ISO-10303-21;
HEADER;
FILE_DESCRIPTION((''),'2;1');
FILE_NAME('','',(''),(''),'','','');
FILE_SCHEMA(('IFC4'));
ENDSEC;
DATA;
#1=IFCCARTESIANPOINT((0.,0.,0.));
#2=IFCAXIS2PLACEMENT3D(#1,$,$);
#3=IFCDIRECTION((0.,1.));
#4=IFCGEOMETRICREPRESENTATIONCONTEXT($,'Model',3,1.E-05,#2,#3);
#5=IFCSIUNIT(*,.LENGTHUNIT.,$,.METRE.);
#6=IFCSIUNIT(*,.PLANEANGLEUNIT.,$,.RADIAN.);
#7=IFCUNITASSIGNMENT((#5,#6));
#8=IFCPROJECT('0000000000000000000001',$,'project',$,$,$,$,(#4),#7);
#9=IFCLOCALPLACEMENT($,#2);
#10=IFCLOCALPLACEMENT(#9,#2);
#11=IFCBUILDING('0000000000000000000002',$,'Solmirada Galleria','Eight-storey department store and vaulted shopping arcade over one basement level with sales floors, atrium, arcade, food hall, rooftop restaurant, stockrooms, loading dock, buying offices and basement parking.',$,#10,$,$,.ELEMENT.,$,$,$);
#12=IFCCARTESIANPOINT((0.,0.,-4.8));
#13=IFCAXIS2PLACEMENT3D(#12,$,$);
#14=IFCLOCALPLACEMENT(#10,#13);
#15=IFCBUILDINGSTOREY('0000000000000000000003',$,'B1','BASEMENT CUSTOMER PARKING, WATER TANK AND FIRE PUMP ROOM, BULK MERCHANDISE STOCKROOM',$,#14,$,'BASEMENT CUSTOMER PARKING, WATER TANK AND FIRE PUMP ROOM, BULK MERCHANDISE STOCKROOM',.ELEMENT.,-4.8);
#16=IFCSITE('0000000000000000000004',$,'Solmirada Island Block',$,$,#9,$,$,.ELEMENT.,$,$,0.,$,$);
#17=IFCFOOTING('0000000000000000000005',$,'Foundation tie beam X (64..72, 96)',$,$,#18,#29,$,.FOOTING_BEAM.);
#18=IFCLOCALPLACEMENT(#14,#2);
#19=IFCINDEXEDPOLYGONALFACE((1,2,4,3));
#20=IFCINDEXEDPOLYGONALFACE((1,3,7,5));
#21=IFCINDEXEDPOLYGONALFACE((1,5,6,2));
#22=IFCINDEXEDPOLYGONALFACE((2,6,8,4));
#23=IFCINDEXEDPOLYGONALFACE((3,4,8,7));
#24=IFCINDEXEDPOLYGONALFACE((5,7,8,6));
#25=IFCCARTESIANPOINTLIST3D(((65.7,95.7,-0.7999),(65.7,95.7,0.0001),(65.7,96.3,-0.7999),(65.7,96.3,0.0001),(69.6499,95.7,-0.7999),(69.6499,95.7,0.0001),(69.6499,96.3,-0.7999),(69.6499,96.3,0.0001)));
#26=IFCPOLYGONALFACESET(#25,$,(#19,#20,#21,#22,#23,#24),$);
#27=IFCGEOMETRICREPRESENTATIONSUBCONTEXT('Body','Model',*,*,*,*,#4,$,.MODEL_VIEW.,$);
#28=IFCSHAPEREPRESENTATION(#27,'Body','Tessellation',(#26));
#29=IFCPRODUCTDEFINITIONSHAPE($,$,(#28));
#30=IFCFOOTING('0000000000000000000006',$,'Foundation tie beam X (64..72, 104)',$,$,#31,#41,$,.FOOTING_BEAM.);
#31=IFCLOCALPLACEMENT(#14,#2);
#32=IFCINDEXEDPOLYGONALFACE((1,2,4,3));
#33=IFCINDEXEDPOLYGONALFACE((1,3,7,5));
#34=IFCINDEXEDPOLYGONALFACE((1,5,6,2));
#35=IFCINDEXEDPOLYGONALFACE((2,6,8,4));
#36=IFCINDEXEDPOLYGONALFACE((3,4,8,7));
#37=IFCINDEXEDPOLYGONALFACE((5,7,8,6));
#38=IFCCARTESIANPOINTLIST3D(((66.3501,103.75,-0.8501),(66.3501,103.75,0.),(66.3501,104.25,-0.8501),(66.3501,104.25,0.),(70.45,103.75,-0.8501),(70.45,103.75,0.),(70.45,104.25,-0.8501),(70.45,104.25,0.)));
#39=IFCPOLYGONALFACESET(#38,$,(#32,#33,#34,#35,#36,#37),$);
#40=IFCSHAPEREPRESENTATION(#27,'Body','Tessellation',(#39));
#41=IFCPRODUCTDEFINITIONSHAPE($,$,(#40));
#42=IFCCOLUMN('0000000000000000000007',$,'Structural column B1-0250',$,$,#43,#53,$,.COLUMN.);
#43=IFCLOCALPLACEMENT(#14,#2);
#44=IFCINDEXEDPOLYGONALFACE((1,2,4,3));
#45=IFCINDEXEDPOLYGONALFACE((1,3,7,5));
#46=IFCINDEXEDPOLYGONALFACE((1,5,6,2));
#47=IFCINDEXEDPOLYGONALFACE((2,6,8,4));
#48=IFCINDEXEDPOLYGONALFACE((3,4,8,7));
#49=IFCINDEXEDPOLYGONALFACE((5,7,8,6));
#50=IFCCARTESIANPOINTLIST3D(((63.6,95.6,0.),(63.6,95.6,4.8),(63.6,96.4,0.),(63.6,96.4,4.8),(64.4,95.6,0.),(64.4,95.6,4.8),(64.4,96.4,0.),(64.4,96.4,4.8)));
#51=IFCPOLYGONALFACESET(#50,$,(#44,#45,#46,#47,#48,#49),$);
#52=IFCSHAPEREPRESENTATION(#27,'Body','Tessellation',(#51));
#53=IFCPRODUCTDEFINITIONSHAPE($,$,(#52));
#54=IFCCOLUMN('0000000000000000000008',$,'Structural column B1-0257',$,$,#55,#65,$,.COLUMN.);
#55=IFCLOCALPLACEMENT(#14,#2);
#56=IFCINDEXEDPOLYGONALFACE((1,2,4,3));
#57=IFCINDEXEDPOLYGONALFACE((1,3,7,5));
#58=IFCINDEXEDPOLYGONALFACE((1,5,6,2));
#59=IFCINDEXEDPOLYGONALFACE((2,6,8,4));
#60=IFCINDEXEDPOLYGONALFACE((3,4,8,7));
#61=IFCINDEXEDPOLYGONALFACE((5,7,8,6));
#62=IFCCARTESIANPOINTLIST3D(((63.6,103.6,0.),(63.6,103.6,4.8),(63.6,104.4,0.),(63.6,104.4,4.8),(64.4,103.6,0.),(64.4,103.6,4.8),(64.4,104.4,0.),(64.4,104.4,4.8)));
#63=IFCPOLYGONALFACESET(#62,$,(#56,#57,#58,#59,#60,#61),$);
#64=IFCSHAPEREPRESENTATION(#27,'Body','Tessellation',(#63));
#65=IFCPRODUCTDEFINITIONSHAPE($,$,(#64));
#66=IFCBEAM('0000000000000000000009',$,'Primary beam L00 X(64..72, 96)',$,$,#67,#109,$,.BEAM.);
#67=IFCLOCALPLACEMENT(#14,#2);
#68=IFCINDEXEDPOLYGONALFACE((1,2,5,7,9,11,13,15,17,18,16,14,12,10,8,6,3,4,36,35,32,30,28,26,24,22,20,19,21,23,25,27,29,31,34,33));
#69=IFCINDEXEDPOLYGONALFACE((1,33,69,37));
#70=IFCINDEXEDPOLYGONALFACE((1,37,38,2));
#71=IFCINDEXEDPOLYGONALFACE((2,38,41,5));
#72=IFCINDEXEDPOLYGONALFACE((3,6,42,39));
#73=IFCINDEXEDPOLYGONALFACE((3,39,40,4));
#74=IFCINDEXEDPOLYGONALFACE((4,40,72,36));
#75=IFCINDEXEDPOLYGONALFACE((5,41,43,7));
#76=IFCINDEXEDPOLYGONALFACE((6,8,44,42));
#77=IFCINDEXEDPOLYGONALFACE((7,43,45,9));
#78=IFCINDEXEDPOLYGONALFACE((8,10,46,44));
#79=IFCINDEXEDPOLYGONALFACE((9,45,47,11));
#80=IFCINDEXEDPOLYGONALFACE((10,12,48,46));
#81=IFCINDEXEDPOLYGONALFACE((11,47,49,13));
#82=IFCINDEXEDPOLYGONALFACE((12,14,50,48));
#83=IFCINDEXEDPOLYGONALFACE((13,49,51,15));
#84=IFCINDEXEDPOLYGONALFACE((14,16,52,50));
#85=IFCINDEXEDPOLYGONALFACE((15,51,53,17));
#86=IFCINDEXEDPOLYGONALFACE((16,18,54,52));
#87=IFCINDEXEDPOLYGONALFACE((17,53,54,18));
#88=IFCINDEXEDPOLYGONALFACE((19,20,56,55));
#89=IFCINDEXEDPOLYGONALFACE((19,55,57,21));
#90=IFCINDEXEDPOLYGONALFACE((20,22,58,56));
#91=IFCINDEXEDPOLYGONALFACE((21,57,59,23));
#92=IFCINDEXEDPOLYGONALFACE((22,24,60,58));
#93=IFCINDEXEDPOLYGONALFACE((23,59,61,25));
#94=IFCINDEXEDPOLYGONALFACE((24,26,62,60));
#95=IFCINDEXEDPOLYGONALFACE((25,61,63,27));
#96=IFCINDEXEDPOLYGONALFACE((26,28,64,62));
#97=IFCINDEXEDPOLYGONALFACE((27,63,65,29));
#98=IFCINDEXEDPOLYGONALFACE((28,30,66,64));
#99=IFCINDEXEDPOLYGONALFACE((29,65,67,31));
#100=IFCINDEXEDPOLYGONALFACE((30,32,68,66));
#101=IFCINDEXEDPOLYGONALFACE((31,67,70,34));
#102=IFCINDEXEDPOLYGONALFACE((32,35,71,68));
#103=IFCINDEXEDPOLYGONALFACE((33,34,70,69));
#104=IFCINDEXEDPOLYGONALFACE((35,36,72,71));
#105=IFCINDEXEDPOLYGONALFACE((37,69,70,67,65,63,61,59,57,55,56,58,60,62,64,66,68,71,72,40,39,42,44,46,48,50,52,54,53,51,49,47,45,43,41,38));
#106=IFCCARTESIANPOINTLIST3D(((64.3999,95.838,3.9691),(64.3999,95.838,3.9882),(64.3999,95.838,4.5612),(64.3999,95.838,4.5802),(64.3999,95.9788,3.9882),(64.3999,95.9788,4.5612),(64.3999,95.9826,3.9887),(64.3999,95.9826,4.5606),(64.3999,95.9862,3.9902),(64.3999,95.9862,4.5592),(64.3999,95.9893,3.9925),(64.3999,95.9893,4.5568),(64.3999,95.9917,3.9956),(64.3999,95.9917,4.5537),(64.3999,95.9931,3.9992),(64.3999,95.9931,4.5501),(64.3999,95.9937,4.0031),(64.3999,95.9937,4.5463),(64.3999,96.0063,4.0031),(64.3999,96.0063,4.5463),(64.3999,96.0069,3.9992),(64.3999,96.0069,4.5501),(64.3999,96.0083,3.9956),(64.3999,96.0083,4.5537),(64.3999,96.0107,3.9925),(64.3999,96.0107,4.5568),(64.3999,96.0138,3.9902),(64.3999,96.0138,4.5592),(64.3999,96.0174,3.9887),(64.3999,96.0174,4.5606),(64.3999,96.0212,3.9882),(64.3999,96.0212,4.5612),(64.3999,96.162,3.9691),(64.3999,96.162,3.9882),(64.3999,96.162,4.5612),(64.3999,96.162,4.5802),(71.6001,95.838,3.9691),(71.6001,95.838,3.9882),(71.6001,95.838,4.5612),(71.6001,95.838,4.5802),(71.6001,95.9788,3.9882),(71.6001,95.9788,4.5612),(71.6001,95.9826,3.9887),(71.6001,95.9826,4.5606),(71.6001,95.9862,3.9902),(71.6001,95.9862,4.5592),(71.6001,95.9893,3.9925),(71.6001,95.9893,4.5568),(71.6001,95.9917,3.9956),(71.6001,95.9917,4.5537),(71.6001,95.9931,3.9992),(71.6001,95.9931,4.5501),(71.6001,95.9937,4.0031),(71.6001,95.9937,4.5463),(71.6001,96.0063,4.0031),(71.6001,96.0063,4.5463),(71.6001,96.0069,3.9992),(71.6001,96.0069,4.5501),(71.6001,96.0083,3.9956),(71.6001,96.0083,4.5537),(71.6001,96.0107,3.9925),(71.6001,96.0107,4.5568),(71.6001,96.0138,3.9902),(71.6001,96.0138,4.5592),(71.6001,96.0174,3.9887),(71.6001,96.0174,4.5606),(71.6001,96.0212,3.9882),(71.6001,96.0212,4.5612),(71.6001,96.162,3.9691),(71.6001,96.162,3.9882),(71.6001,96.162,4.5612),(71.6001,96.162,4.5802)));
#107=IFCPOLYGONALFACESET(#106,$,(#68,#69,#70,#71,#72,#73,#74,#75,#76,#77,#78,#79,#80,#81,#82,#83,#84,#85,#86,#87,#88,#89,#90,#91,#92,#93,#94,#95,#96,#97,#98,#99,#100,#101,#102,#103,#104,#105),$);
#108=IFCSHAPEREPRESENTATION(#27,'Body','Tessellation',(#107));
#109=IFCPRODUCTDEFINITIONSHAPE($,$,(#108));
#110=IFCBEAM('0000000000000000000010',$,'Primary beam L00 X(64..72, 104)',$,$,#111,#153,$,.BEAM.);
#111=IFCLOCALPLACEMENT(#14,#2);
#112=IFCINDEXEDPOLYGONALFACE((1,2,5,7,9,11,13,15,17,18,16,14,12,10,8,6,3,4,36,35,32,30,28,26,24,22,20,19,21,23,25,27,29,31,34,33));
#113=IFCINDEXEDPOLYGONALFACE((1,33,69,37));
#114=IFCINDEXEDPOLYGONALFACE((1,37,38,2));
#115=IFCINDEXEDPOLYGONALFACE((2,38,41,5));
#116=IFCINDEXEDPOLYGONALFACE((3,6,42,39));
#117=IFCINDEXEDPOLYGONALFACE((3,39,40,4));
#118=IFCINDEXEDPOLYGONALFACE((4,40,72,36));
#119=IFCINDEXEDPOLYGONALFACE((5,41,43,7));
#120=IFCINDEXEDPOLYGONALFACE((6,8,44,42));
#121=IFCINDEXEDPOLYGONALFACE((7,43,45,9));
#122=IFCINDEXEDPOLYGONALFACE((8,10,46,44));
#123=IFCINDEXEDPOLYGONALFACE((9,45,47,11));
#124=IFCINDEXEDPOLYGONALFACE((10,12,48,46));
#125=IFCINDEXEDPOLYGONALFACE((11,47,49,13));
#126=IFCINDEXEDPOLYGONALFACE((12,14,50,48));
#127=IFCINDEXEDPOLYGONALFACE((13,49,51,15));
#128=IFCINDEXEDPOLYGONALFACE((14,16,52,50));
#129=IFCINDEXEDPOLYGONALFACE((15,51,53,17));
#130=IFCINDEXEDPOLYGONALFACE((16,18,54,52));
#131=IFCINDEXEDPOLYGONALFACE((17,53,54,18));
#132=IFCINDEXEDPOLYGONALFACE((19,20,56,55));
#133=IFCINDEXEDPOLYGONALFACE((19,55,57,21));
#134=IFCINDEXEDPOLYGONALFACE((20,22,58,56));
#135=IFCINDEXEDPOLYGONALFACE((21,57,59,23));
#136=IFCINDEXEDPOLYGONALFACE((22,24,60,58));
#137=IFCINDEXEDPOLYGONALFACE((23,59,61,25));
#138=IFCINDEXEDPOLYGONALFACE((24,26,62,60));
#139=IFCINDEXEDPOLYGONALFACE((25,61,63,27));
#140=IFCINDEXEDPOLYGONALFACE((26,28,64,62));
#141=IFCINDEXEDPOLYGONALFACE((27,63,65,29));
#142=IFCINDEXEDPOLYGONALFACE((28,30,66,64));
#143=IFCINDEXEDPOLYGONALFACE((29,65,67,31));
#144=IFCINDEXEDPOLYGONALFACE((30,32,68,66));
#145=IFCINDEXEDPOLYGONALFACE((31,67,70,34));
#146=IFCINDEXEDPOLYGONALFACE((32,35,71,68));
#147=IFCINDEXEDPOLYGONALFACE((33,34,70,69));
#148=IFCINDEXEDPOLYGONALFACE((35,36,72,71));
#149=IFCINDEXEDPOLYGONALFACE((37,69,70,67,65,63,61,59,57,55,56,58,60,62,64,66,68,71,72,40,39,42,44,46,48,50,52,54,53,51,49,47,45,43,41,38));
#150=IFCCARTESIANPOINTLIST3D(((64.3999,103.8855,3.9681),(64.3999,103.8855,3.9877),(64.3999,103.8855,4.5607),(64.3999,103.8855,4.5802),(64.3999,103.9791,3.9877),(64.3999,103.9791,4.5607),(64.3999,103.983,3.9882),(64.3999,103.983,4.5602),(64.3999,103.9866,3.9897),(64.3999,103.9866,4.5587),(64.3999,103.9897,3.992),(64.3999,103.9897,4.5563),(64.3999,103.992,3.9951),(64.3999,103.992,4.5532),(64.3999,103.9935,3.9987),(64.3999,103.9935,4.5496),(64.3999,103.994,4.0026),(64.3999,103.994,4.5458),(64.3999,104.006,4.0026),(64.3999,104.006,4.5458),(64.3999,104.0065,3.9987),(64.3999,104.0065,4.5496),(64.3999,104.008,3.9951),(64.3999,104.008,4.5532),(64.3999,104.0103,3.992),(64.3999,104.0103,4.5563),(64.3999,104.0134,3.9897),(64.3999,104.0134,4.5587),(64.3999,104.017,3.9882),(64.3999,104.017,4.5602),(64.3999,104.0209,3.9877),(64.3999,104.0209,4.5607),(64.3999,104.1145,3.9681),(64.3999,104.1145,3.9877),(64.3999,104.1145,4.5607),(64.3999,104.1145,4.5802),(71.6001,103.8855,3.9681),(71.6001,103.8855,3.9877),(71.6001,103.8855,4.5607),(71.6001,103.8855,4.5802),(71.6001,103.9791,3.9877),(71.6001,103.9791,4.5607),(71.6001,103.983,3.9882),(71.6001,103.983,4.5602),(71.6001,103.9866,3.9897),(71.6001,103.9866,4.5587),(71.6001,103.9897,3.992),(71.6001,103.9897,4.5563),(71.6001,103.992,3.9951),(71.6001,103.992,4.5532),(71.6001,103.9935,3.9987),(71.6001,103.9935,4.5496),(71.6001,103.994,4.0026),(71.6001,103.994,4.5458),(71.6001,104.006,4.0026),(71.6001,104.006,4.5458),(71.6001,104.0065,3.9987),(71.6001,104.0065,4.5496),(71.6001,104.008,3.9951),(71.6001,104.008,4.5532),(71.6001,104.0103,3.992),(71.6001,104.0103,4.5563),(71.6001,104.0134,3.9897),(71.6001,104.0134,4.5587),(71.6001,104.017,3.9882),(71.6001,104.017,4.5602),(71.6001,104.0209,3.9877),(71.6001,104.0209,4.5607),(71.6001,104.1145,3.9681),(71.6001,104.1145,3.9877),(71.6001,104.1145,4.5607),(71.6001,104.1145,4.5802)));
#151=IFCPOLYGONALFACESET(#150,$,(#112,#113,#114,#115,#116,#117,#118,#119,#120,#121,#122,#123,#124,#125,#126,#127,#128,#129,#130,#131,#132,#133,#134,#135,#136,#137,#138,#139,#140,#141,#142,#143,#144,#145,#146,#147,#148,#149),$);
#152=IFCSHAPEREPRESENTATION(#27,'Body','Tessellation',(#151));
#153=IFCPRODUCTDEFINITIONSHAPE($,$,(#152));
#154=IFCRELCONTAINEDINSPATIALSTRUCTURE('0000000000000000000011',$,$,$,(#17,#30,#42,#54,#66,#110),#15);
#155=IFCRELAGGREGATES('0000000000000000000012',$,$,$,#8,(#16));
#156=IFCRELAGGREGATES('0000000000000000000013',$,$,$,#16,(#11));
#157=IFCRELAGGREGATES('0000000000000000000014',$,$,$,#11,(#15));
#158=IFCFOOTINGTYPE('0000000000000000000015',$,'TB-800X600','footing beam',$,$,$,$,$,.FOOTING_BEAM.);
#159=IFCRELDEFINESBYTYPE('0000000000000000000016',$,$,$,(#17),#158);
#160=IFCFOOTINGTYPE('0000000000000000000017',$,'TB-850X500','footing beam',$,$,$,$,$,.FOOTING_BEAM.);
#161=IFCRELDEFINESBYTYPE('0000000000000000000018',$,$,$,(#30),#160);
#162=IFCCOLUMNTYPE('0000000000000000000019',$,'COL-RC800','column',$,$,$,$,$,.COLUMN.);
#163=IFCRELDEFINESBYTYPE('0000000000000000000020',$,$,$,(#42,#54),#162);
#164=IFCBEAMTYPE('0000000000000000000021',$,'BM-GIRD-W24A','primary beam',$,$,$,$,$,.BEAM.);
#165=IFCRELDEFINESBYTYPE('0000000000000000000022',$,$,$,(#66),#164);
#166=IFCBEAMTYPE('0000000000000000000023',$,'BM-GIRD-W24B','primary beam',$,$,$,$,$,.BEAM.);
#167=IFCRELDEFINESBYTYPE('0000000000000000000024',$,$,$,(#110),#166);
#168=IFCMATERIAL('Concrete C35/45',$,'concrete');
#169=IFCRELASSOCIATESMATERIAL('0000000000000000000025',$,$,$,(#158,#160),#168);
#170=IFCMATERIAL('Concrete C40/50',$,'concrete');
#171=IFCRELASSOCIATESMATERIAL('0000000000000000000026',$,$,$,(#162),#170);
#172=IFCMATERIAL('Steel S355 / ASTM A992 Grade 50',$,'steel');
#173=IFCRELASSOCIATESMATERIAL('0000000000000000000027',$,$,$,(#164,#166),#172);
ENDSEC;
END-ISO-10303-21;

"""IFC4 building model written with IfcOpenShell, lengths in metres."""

from ifc_helpers import new_model, si_unit, direction, frame, origin, origin_2d, place, context, subcontext, project, spatial, rectangle, i_section, extrude, material, material_profile, profile_set, type_object, element, save


model = new_model("IFC4")

# Units and contexts
model_context = context("Model", 3, precision=1e-05, world=origin(), true_north=direction((0.0, 1.0)))
body_context = subcontext(model_context, "Body", "Model", "MODEL_VIEW")
ifc_project = project(units=[si_unit("LENGTHUNIT", "METRE"), si_unit("PLANEANGLEUNIT", "RADIAN")], contexts=[model_context])

# Site, building, storey
site_placement = place(None, origin())
site = spatial("IfcSite", under=ifc_project, at=site_placement, Name="Solmirada Island Block", CompositionType="ELEMENT", RefElevation=0.0)
building_placement = place(site_placement, origin())
building = spatial("IfcBuilding", under=site, at=building_placement, Name="Solmirada Galleria", Description="Eight-storey department store and vaulted shopping arcade over one basement level with sales floors, atrium, arcade, food hall, rooftop restaurant, stockrooms, loading dock, buying offices and basement parking.", CompositionType="ELEMENT")
storey_placement = place(building_placement, frame((0.0, 0.0, -4.8)))
storey = spatial("IfcBuildingStorey", under=building, at=storey_placement, Name="B1", Description="BASEMENT CUSTOMER PARKING, WATER TANK AND FIRE PUMP ROOM, BULK MERCHANDISE STOCKROOM", LongName="BASEMENT CUSTOMER PARKING, WATER TANK AND FIRE PUMP ROOM, BULK MERCHANDISE STOCKROOM", CompositionType="ELEMENT", Elevation=-4.8)

# Shared definitions
ifc_material_1 = material(Name="Concrete C35/45", Category="concrete")

# Shared definitions
ifc_material_2 = material(Name="Concrete C40/50", Category="concrete")

# Footings
ifc_material_profile_1 = material_profile(ifc_material_1, rectangle(XDim=0.6001, YDim=0.8, at=origin_2d()), Name="RC800X600")
ifc_profile_set_1 = profile_set([ifc_material_profile_1], Name="Concrete C35/45")
footing_type_1 = type_object("IfcFootingType", Name="TB-800X600", Description="footing beam", PredefinedType="FOOTING_BEAM", material=ifc_profile_set_1)
footing_1_placement = place(storey_placement, frame((65.7, 96.0, -0.3999), z_axis=(1.0, 0.0, 0.0), x_axis=(0.0, 1.0, 0.0)))
element("IfcFooting", 1, at=footing_1_placement, inside=storey, type_object=footing_type_1, Name="Foundation tie beam X (64..72, 96)", PredefinedType="FOOTING_BEAM", context=body_context, shape_type="SweptSolid", body=[
    extrude(rectangle(XDim=0.6001, YDim=0.8, at=origin_2d()), origin(), (0.0, 0.0, 1.0), 3.95),
])
ifc_material_profile_2 = material_profile(ifc_material_1, rectangle(XDim=0.5, YDim=0.8501, at=origin_2d()), Name="RC850X500")
ifc_profile_set_2 = profile_set([ifc_material_profile_2], Name="Concrete C35/45")
footing_type_2 = type_object("IfcFootingType", Name="TB-850X500", Description="footing beam", PredefinedType="FOOTING_BEAM", material=ifc_profile_set_2)
footing_2_placement = place(storey_placement, frame((66.3501, 104.0, -0.425), z_axis=(1.0, 0.0, 0.0), x_axis=(0.0, 1.0, 0.0)))
element("IfcFooting", 2, at=footing_2_placement, inside=storey, type_object=footing_type_2, Name="Foundation tie beam X (64..72, 104)", PredefinedType="FOOTING_BEAM", context=body_context, shape_type="SweptSolid", body=[
    extrude(rectangle(XDim=0.5, YDim=0.8501, at=origin_2d()), origin(), (0.0, 0.0, 1.0), 4.0999),
])

# Columns
ifc_material_profile_3 = material_profile(ifc_material_2, rectangle(XDim=0.8, YDim=0.8, at=origin_2d()), Name="RC800X800")
ifc_profile_set_3 = profile_set([ifc_material_profile_3], Name="Concrete C40/50")
column_type = type_object("IfcColumnType", Name="COL-RC800", Description="column", PredefinedType="COLUMN", material=ifc_profile_set_3)
for number, where, z_axis, x_axis, name in (
    (3, (64.0, 96.0, 0.0), (0.0, 0.0, 1.0), (1.0, 0.0, 0.0), "Structural column B1-0250"),
    (4, (64.0, 104.0, 0.0), (0.0, 0.0, 1.0), (1.0, 0.0, 0.0), "Structural column B1-0257"),
):
    element("IfcColumn", number, at=place(storey_placement, frame(where, z_axis=z_axis, x_axis=x_axis)), inside=storey, type_object=column_type, Name=name, PredefinedType="COLUMN", context=body_context, shape_type="SweptSolid", body=[
        extrude(rectangle(XDim=0.8, YDim=0.8, at=origin_2d()), origin(), (0.0, 0.0, 1.0), 4.8),
    ])

# Beams
ifc_material_3 = material(Name="Steel S355 / ASTM A992 Grade 50", Category="steel")
ifc_material_profile_4 = material_profile(ifc_material_3, i_section(OverallWidth=0.324, OverallDepth=0.6111, WebThickness=0.0127, FlangeThickness=0.019, FilletRadius=0.0149, at=origin_2d()), Name="W24X104")
ifc_profile_set_4 = profile_set([ifc_material_profile_4], Name="Steel S355 / ASTM A992 Grade 50")
beam_type_1 = type_object("IfcBeamType", Name="BM-GIRD-W24A", Description="primary beam", PredefinedType="BEAM", material=ifc_profile_set_4)
beam_1_placement = place(storey_placement, frame((64.3999, 96.0, 4.2747), z_axis=(1.0, 0.0, 0.0), x_axis=(0.0, 1.0, 0.0)))
element("IfcBeam", 5, at=beam_1_placement, inside=storey, type_object=beam_type_1, Name="Primary beam L00 X(64..72, 96)", PredefinedType="BEAM", context=body_context, shape_type="SweptSolid", body=[
    extrude(i_section(OverallWidth=0.324, OverallDepth=0.6111, WebThickness=0.0127, FlangeThickness=0.019, FilletRadius=0.0149, at=origin_2d()), origin(), (0.0, 0.0, 1.0), 7.2002),
])
ifc_material_profile_5 = material_profile(ifc_material_3, i_section(OverallWidth=0.229, OverallDepth=0.6121, WebThickness=0.012, FlangeThickness=0.0195, FilletRadius=0.0149, at=origin_2d()), Name="W24X84")
ifc_profile_set_5 = profile_set([ifc_material_profile_5], Name="Steel S355 / ASTM A992 Grade 50")
beam_type_2 = type_object("IfcBeamType", Name="BM-GIRD-W24B", Description="primary beam", PredefinedType="BEAM", material=ifc_profile_set_5)
beam_2_placement = place(storey_placement, frame((64.3999, 104.0, 4.2742), z_axis=(1.0, 0.0, 0.0), x_axis=(0.0, 1.0, 0.0)))
element("IfcBeam", 6, at=beam_2_placement, inside=storey, type_object=beam_type_2, Name="Primary beam L00 X(64..72, 104)", PredefinedType="BEAM", context=body_context, shape_type="SweptSolid", body=[
    extrude(i_section(OverallWidth=0.229, OverallDepth=0.6121, WebThickness=0.012, FlangeThickness=0.0195, FilletRadius=0.0149, at=origin_2d()), origin(), (0.0, 0.0, 1.0), 7.2002),
])

save(model, "model.ifc")
